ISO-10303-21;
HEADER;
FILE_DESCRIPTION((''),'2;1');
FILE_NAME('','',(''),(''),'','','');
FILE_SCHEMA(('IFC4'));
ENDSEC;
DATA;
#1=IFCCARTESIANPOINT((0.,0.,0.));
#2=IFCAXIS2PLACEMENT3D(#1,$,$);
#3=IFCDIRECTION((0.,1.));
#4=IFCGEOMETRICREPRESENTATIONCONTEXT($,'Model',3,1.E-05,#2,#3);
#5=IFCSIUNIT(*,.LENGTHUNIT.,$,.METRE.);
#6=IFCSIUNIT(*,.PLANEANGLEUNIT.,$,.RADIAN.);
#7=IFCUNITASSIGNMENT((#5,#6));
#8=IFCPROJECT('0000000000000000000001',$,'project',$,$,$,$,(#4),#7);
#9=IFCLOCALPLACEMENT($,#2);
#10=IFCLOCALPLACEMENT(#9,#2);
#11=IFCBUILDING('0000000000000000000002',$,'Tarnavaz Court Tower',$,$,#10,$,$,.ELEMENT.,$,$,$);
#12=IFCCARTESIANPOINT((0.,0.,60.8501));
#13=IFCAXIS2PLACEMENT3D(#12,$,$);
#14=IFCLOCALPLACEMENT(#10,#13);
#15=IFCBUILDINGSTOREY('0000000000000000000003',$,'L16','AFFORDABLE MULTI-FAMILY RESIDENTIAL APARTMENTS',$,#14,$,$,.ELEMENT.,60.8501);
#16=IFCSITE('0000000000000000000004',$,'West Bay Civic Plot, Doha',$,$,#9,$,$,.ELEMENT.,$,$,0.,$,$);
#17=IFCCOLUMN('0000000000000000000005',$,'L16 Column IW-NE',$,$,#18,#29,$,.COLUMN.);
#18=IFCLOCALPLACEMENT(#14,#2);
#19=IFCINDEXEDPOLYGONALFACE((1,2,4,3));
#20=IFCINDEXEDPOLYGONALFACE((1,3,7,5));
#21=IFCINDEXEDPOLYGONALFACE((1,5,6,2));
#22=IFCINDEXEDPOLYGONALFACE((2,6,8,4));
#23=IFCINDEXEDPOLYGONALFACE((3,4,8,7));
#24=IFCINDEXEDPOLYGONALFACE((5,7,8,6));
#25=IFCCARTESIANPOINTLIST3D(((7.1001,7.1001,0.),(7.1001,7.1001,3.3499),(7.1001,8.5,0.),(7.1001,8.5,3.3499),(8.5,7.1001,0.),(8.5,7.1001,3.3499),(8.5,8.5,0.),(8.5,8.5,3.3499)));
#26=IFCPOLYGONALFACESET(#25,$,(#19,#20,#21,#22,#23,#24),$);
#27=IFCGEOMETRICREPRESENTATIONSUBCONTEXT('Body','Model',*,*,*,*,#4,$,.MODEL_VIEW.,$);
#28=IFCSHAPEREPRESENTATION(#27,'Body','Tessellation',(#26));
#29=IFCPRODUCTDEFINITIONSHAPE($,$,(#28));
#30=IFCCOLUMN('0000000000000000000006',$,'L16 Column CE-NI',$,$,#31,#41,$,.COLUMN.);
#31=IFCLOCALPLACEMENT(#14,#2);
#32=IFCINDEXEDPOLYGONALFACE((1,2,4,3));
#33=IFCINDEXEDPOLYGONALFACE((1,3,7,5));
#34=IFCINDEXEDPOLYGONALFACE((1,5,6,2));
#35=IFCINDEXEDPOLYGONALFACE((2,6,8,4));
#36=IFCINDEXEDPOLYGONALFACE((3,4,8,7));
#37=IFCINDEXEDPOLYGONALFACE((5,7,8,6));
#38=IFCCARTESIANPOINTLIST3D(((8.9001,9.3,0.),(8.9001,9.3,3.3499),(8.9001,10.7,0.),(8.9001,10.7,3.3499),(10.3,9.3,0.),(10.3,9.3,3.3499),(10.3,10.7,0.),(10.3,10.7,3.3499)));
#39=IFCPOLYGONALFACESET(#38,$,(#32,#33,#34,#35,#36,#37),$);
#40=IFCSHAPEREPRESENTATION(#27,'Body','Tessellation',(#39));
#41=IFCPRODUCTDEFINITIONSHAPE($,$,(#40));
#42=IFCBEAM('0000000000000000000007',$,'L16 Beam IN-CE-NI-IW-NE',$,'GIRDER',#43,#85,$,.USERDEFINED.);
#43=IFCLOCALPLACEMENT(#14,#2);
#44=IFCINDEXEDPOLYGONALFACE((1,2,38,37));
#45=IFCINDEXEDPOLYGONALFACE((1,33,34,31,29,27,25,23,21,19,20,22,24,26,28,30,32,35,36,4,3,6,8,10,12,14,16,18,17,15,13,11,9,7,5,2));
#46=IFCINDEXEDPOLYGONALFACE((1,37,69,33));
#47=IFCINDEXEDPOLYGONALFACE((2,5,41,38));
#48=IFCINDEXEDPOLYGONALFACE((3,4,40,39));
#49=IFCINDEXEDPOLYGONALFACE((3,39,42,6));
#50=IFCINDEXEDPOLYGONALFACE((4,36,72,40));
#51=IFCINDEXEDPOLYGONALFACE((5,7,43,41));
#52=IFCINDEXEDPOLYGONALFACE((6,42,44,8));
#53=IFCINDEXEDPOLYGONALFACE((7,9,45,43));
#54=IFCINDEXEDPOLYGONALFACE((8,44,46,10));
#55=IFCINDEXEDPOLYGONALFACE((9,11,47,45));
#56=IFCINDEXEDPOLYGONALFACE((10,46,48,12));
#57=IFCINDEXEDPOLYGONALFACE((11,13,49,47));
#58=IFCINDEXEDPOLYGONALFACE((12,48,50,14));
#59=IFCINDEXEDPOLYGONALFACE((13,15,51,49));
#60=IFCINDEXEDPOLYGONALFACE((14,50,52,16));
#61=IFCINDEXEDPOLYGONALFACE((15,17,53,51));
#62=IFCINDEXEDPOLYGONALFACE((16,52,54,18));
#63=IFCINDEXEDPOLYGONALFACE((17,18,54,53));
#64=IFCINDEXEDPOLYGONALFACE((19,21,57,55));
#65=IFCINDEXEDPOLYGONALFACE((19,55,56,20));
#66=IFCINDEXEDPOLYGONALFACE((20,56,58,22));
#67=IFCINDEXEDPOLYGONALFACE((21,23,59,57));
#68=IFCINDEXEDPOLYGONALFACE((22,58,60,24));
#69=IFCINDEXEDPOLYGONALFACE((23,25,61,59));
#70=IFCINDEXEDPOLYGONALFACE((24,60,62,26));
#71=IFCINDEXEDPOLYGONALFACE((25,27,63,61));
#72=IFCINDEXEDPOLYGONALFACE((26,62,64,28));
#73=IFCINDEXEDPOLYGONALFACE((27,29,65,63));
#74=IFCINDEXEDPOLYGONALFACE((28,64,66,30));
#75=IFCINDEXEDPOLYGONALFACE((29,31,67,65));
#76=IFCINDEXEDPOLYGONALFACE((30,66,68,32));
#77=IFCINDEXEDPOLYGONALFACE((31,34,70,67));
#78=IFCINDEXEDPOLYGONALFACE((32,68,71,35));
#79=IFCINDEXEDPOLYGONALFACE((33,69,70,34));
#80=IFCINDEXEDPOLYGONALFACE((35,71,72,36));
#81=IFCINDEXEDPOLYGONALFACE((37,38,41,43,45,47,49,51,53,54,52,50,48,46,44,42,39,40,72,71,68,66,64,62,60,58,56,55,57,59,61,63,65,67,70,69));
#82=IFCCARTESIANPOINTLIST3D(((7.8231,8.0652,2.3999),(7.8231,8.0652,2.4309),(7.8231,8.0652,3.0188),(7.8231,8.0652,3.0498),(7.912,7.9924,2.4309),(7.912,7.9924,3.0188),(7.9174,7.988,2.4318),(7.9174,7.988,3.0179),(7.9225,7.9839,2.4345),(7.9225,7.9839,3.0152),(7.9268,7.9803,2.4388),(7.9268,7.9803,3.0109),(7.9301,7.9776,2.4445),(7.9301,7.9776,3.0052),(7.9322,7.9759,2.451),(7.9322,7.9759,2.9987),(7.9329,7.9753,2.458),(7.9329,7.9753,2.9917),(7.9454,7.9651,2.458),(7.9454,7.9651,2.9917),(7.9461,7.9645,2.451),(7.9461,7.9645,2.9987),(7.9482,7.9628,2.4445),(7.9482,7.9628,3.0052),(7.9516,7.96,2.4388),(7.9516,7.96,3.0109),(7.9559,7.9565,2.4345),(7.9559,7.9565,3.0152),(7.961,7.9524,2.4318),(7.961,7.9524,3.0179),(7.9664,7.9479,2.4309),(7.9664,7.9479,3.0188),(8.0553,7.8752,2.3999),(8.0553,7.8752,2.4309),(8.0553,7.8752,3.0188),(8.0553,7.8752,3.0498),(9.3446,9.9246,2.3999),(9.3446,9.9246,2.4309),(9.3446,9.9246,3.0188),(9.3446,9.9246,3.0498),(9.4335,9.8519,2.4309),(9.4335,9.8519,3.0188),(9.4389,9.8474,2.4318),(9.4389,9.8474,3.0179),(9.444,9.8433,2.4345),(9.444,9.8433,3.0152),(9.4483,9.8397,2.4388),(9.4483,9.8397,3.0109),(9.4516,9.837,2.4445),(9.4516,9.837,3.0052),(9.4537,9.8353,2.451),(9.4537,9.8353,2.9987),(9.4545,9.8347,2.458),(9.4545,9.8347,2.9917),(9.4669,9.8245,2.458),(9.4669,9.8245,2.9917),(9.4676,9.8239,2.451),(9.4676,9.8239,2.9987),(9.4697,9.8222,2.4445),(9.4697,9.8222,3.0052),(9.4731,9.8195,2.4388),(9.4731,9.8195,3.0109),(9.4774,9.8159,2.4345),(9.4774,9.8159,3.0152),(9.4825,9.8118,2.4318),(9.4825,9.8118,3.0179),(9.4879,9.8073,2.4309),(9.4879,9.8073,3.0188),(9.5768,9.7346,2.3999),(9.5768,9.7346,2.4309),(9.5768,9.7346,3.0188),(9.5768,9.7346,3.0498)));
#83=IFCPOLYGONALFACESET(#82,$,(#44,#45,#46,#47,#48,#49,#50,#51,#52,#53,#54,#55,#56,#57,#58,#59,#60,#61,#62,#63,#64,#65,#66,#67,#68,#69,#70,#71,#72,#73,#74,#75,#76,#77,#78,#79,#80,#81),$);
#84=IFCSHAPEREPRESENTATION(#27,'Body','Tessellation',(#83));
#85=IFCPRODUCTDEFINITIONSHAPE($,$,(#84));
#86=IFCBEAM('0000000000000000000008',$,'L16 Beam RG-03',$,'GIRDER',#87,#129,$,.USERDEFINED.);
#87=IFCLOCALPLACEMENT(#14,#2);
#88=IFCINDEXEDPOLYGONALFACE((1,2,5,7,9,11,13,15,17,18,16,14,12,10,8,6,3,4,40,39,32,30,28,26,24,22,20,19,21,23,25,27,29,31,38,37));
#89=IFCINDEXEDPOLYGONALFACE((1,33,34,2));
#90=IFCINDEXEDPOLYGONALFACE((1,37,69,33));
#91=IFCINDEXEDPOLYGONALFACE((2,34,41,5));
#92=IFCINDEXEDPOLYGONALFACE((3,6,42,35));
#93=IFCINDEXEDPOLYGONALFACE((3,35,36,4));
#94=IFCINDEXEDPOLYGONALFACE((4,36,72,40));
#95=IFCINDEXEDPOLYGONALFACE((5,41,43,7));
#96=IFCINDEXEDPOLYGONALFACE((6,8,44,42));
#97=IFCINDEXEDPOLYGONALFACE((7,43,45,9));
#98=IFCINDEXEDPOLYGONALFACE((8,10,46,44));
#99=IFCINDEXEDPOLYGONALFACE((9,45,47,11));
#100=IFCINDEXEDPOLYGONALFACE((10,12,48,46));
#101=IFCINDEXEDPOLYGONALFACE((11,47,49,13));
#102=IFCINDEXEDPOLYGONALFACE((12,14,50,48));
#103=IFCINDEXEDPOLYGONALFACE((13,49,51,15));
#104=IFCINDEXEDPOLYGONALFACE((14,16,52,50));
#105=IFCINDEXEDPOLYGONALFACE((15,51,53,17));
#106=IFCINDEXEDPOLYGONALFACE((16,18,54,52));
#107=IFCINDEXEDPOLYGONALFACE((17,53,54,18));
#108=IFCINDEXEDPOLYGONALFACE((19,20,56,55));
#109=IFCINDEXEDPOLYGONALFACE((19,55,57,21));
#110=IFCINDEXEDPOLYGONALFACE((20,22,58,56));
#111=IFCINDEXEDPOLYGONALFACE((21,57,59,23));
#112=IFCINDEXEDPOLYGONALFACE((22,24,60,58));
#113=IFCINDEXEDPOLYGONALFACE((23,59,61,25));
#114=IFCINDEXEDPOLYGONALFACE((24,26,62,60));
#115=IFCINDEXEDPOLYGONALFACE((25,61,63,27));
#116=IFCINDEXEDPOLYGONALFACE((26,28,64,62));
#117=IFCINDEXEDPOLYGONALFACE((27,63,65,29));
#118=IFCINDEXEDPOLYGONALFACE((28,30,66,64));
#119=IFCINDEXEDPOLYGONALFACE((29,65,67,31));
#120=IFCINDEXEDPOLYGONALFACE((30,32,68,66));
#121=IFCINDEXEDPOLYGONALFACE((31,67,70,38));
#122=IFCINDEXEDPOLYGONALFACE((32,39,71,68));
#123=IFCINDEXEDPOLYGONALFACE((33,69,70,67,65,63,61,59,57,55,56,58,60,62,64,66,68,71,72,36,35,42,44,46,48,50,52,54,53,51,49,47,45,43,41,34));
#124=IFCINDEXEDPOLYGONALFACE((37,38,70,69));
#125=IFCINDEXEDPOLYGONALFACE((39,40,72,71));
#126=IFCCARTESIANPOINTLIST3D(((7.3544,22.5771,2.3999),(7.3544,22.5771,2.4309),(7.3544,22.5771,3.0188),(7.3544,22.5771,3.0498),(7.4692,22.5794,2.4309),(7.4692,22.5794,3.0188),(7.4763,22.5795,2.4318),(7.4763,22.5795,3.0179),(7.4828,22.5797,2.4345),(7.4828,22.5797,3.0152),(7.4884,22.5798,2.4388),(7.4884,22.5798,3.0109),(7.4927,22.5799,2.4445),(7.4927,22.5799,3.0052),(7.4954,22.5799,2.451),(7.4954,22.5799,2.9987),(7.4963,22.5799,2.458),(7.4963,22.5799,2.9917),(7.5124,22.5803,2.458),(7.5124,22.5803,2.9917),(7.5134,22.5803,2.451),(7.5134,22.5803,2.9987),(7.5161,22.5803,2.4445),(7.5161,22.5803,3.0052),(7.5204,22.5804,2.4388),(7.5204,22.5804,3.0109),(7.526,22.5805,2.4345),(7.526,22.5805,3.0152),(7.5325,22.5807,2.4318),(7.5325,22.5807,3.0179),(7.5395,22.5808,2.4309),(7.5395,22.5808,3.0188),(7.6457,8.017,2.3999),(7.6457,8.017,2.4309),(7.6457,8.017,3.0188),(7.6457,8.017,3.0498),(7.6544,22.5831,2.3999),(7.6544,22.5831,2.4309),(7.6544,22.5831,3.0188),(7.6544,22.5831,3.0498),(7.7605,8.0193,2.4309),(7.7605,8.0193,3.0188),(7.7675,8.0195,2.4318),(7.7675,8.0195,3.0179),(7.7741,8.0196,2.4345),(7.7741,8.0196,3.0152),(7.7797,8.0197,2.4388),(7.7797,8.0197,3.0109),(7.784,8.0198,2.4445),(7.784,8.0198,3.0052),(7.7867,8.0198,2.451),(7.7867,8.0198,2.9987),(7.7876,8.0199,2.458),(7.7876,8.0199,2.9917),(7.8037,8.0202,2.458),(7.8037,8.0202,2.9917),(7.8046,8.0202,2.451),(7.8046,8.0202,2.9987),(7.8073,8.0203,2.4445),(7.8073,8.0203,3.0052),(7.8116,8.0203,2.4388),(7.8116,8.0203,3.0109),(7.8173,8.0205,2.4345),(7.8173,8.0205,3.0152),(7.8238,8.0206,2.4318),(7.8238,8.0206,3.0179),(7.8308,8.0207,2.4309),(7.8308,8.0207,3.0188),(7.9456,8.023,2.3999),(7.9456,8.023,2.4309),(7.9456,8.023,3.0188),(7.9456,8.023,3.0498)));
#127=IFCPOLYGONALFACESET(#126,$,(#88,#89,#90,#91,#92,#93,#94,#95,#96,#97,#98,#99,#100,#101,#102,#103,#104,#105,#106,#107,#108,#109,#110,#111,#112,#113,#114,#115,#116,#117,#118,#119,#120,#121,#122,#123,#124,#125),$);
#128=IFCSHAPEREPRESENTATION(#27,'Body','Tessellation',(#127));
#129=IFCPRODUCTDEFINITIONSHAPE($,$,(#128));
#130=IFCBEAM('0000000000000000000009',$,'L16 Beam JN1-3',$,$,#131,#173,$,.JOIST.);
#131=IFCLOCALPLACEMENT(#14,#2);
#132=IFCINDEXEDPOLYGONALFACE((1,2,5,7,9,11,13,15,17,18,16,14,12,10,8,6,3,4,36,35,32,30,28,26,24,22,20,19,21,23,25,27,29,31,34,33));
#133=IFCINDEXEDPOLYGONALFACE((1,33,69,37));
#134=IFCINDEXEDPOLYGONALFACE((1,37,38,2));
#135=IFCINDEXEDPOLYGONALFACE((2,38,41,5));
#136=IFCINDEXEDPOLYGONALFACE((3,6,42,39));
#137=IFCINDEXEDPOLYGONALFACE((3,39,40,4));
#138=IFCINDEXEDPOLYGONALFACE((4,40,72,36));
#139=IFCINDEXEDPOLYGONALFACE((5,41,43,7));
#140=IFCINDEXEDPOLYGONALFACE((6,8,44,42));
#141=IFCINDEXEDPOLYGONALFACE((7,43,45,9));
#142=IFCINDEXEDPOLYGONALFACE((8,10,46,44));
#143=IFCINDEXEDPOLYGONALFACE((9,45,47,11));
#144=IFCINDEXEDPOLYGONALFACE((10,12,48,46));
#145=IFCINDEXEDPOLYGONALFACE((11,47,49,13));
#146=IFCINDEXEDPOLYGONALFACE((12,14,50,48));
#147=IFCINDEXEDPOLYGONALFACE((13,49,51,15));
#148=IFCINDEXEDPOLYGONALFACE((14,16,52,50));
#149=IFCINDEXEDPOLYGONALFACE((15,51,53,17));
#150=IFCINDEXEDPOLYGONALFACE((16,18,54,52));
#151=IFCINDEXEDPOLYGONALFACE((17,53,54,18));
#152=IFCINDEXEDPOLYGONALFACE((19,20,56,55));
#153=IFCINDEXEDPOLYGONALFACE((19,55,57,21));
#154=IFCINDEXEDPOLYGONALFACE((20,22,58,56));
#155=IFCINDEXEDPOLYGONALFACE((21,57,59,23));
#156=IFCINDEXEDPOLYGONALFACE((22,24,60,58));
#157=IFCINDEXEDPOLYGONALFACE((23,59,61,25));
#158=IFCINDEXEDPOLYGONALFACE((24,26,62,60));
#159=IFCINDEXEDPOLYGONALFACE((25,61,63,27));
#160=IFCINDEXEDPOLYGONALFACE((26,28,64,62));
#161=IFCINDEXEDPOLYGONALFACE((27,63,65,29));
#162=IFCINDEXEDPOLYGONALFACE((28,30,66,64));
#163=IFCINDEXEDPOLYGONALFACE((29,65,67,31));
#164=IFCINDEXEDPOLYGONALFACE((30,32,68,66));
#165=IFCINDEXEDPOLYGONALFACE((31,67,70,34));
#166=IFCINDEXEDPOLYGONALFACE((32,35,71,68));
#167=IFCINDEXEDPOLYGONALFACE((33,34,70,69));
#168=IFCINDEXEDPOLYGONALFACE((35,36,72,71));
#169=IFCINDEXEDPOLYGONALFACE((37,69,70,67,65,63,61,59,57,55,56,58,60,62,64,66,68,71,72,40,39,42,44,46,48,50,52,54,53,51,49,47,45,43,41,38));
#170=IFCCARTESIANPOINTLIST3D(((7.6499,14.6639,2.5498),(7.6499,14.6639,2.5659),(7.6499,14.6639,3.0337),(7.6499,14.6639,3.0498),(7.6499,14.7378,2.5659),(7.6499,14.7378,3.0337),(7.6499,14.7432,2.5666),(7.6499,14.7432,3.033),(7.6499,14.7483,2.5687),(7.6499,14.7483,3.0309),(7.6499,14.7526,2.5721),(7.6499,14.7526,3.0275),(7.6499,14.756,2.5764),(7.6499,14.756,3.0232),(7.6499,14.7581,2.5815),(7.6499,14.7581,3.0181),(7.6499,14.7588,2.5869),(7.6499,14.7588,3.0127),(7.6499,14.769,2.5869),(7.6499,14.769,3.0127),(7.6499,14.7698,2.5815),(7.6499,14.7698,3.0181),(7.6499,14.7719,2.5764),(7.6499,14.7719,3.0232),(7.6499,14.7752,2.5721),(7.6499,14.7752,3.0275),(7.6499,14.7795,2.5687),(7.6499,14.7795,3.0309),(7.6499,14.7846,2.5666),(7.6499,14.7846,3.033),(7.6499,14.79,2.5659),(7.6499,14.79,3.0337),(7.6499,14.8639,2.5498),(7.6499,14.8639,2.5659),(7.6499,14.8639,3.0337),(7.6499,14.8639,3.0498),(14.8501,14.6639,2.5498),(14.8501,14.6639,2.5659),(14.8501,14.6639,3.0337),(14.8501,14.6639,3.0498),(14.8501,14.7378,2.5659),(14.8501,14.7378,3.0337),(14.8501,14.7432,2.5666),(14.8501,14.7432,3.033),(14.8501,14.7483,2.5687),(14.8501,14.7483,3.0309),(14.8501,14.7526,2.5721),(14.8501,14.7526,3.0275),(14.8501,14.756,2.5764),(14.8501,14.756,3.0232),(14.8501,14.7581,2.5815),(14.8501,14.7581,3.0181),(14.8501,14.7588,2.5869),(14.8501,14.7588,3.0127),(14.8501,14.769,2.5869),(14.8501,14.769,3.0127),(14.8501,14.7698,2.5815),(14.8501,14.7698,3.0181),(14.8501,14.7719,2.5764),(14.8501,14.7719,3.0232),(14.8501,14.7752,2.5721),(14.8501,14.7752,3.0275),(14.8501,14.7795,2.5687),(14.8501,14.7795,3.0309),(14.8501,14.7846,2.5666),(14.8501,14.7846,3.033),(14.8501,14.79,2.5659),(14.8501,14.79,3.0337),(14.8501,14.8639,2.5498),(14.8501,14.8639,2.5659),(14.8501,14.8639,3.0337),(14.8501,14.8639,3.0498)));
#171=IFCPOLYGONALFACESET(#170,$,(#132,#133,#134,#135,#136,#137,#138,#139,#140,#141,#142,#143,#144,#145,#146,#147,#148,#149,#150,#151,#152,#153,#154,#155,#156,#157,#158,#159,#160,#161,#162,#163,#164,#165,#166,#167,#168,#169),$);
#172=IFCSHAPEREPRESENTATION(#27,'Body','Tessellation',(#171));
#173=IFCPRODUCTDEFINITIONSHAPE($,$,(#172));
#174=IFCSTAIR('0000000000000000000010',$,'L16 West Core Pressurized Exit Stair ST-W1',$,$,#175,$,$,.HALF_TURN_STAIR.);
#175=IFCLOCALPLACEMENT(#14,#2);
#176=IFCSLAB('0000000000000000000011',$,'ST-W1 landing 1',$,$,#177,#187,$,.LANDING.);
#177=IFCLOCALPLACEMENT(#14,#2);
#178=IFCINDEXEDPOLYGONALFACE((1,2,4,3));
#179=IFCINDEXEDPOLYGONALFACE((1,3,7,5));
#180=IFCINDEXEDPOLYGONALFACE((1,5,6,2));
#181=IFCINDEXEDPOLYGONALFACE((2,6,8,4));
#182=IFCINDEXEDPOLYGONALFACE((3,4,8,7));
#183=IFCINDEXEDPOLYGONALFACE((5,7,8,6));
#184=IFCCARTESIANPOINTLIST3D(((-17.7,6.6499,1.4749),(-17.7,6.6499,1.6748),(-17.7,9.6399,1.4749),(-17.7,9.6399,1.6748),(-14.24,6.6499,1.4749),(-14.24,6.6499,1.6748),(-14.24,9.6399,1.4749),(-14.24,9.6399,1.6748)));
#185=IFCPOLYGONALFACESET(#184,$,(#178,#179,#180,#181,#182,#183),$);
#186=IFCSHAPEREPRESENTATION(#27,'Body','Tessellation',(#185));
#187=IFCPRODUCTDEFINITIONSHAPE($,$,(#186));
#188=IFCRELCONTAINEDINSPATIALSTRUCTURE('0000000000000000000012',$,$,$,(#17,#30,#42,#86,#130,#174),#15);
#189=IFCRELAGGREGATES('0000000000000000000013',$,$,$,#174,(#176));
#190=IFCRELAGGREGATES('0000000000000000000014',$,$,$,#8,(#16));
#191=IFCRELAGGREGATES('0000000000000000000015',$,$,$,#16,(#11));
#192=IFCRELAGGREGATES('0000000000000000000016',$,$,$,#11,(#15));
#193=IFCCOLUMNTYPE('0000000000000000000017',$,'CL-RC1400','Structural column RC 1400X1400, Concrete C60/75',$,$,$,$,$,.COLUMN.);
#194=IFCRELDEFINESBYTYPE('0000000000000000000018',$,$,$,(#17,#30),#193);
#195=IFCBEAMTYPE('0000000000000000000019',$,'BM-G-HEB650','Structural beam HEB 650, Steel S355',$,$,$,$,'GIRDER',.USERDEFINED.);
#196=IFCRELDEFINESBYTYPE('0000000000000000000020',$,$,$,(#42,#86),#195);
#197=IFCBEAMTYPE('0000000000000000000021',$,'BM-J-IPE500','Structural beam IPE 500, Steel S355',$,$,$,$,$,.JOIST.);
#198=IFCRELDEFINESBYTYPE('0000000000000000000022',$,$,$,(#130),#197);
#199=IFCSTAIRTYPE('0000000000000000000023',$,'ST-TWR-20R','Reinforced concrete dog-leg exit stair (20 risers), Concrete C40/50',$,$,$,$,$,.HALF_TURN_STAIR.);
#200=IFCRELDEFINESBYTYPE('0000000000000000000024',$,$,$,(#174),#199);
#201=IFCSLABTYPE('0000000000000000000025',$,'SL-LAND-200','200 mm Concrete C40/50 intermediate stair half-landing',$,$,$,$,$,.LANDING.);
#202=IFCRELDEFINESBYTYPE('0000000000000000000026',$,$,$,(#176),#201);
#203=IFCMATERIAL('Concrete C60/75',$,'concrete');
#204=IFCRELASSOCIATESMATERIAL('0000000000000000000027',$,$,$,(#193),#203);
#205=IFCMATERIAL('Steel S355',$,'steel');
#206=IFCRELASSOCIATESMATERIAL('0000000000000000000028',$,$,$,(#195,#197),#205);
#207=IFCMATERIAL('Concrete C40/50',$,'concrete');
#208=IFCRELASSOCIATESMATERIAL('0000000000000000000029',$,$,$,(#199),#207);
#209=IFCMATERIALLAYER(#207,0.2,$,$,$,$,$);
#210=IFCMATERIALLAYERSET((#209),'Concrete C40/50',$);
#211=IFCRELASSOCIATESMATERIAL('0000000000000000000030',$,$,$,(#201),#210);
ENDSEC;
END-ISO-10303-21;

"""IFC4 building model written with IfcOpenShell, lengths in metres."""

from ifc_helpers import new_model, si_unit, direction, frame, origin, origin_2d, place, context, subcontext, project, spatial, polyline, rectangle, i_section, outline, extrude, material, layer, layer_set, material_profile, profile_set, type_object, element, aggregate, save


model = new_model("IFC4")

# Units and contexts
model_context = context("Model", 3, precision=1e-05, world=origin(), true_north=direction((0.0, 1.0)))
body_context = subcontext(model_context, "Body", "Model", "MODEL_VIEW")
ifc_project = project(units=[si_unit("LENGTHUNIT", "METRE"), si_unit("PLANEANGLEUNIT", "RADIAN")], contexts=[model_context])

# Site, building, storey
site_placement = place(None, origin())
site = spatial("IfcSite", under=ifc_project, at=site_placement, Name="West Bay Civic Plot, Doha", CompositionType="ELEMENT", RefElevation=0.0)
building_placement = place(site_placement, origin())
building = spatial("IfcBuilding", under=site, at=building_placement, Name="Tarnavaz Court Tower", CompositionType="ELEMENT")
storey_placement = place(building_placement, frame((0.0, 0.0, 60.8501)))
storey = spatial("IfcBuildingStorey", under=building, at=storey_placement, Name="L16", Description="AFFORDABLE MULTI-FAMILY RESIDENTIAL APARTMENTS", CompositionType="ELEMENT", Elevation=60.8501)

# Columns
ifc_material_1 = material(Name="Concrete C60/75", Category="concrete")
ifc_material_profile_1 = material_profile(ifc_material_1, rectangle(XDim=1.3999, YDim=1.3999, at=origin_2d()), Name="RC 1400X1400")
ifc_profile_set_1 = profile_set([ifc_material_profile_1], Name="Concrete C60/75")
column_type = type_object("IfcColumnType", Name="CL-RC1400", Description="Structural column RC 1400X1400, Concrete C60/75", PredefinedType="COLUMN", material=ifc_profile_set_1)
for number, where, z_axis, x_axis, name in (
    (1, (7.8, 7.8, 0.0), (0.0, 0.0, 1.0), (1.0, 0.0, 0.0), "L16 Column IW-NE"),
    (2, (9.6001, 10.0, 0.0), (0.0, 0.0, 1.0), (1.0, 0.0, 0.0), "L16 Column CE-NI"),
):
    element("IfcColumn", number, at=place(storey_placement, frame(where, z_axis=z_axis, x_axis=x_axis)), inside=storey, type_object=column_type, Name=name, PredefinedType="COLUMN", context=body_context, shape_type="SweptSolid", body=[
        extrude(rectangle(XDim=1.3999, YDim=1.3999, at=origin_2d()), origin(), (0.0, 0.0, 1.0), 3.3499),
    ])

# Beams
ifc_material_2 = material(Name="Steel S355", Category="steel")
ifc_material_profile_2 = material_profile(ifc_material_2, i_section(OverallWidth=0.3, OverallDepth=0.6499, WebThickness=0.0161, FlangeThickness=0.031, FilletRadius=0.0271, at=origin_2d()), Name="HEB 650")
ifc_profile_set_2 = profile_set([ifc_material_profile_2], Name="Steel S355")
beam_type_1 = type_object("IfcBeamType", Name="BM-G-HEB650", Description="Structural beam HEB 650, Steel S355", ElementType="GIRDER", PredefinedType="USERDEFINED", material=ifc_profile_set_2)
beam_1_placement = place(storey_placement, frame((9.4607, 9.8296, 2.7249), z_axis=(-0.633282, -0.773921, 0.0), x_axis=(0.773921, -0.633282, 0.0)))
element("IfcBeam", 3, at=beam_1_placement, inside=storey, type_object=beam_type_1, Name="L16 Beam IN-CE-NI-IW-NE", ObjectType="GIRDER", PredefinedType="USERDEFINED", context=body_context, shape_type="SweptSolid", body=[
    extrude(i_section(OverallWidth=0.3, OverallDepth=0.6499, WebThickness=0.0161, FlangeThickness=0.031, FilletRadius=0.0271, at=origin_2d()), origin(), (0.0, 0.0, 1.0), 2.4026),
])
beam_2_placement = place(storey_placement, frame((7.7957, 8.02, 2.7249), z_axis=(-0.02, 0.9998, 0.0), x_axis=(-0.9998, -0.02, 0.0)))
element("IfcBeam", 4, at=beam_2_placement, inside=storey, type_object=beam_type_1, Name="L16 Beam RG-03", ObjectType="GIRDER", PredefinedType="USERDEFINED", context=body_context, shape_type="SweptSolid", body=[
    extrude(i_section(OverallWidth=0.3, OverallDepth=0.6499, WebThickness=0.0161, FlangeThickness=0.031, FilletRadius=0.0271, at=origin_2d()), origin(), (0.0, 0.0, 1.0), 14.563),
])
ifc_material_profile_3 = material_profile(ifc_material_2, i_section(OverallWidth=0.2, OverallDepth=0.5, WebThickness=0.0103, FlangeThickness=0.0161, FilletRadius=0.021, at=origin_2d()), Name="IPE 500")
ifc_profile_set_3 = profile_set([ifc_material_profile_3], Name="Steel S355")
beam_type_2 = type_object("IfcBeamType", Name="BM-J-IPE500", Description="Structural beam IPE 500, Steel S355", PredefinedType="JOIST", material=ifc_profile_set_3)
beam_3_placement = place(storey_placement, frame((7.6499, 14.7639, 2.7998), z_axis=(1.0, 0.0, 0.0), x_axis=(0.0, 1.0, 0.0)))
element("IfcBeam", 5, at=beam_3_placement, inside=storey, type_object=beam_type_2, Name="L16 Beam JN1-3", PredefinedType="JOIST", context=body_context, shape_type="SweptSolid", body=[
    extrude(i_section(OverallWidth=0.2, OverallDepth=0.5, WebThickness=0.0103, FlangeThickness=0.0161, FilletRadius=0.021, at=origin_2d()), origin(), (0.0, 0.0, 1.0), 7.2002),
])

# Stair, slab
ifc_material_3 = material(Name="Concrete C40/50", Category="concrete")
stair_type = type_object("IfcStairType", Name="ST-TWR-20R", Description="Reinforced concrete dog-leg exit stair (20 risers), Concrete C40/50", PredefinedType="HALF_TURN_STAIR", material=ifc_material_3)
stair_1_placement = place(storey_placement, origin())
stair_1 = element("IfcStair", 6, at=stair_1_placement, inside=storey, type_object=stair_type, Name="L16 West Core Pressurized Exit Stair ST-W1", PredefinedType="HALF_TURN_STAIR")
ifc_layer_1 = layer(ifc_material_3, 0.2)
ifc_layer_set_1 = layer_set([ifc_layer_1], Name="Concrete C40/50")
slab_type_1 = type_object("IfcSlabType", Name="SL-LAND-200", Description="200 mm Concrete C40/50 intermediate stair half-landing", PredefinedType="LANDING", material=ifc_layer_set_1)
slab_1_placement = place(storey_placement, frame((0.0, 0.0, 1.4749)))
slab_1 = element("IfcSlab", 7, at=slab_1_placement, type_object=slab_type_1, Name="ST-W1 landing 1", PredefinedType="LANDING", context=body_context, shape_type="SweptSolid", body=[
    extrude(outline(polyline([(-14.24, 9.6399), (-17.7, 9.6399), (-17.7, 6.6499), (-14.24, 6.6499), (-14.24, 9.6399)])), origin(), (0.0, 0.0, 1.0), 0.2),
])
aggregate(stair_1, [slab_1])

save(model, "model.ifc")
